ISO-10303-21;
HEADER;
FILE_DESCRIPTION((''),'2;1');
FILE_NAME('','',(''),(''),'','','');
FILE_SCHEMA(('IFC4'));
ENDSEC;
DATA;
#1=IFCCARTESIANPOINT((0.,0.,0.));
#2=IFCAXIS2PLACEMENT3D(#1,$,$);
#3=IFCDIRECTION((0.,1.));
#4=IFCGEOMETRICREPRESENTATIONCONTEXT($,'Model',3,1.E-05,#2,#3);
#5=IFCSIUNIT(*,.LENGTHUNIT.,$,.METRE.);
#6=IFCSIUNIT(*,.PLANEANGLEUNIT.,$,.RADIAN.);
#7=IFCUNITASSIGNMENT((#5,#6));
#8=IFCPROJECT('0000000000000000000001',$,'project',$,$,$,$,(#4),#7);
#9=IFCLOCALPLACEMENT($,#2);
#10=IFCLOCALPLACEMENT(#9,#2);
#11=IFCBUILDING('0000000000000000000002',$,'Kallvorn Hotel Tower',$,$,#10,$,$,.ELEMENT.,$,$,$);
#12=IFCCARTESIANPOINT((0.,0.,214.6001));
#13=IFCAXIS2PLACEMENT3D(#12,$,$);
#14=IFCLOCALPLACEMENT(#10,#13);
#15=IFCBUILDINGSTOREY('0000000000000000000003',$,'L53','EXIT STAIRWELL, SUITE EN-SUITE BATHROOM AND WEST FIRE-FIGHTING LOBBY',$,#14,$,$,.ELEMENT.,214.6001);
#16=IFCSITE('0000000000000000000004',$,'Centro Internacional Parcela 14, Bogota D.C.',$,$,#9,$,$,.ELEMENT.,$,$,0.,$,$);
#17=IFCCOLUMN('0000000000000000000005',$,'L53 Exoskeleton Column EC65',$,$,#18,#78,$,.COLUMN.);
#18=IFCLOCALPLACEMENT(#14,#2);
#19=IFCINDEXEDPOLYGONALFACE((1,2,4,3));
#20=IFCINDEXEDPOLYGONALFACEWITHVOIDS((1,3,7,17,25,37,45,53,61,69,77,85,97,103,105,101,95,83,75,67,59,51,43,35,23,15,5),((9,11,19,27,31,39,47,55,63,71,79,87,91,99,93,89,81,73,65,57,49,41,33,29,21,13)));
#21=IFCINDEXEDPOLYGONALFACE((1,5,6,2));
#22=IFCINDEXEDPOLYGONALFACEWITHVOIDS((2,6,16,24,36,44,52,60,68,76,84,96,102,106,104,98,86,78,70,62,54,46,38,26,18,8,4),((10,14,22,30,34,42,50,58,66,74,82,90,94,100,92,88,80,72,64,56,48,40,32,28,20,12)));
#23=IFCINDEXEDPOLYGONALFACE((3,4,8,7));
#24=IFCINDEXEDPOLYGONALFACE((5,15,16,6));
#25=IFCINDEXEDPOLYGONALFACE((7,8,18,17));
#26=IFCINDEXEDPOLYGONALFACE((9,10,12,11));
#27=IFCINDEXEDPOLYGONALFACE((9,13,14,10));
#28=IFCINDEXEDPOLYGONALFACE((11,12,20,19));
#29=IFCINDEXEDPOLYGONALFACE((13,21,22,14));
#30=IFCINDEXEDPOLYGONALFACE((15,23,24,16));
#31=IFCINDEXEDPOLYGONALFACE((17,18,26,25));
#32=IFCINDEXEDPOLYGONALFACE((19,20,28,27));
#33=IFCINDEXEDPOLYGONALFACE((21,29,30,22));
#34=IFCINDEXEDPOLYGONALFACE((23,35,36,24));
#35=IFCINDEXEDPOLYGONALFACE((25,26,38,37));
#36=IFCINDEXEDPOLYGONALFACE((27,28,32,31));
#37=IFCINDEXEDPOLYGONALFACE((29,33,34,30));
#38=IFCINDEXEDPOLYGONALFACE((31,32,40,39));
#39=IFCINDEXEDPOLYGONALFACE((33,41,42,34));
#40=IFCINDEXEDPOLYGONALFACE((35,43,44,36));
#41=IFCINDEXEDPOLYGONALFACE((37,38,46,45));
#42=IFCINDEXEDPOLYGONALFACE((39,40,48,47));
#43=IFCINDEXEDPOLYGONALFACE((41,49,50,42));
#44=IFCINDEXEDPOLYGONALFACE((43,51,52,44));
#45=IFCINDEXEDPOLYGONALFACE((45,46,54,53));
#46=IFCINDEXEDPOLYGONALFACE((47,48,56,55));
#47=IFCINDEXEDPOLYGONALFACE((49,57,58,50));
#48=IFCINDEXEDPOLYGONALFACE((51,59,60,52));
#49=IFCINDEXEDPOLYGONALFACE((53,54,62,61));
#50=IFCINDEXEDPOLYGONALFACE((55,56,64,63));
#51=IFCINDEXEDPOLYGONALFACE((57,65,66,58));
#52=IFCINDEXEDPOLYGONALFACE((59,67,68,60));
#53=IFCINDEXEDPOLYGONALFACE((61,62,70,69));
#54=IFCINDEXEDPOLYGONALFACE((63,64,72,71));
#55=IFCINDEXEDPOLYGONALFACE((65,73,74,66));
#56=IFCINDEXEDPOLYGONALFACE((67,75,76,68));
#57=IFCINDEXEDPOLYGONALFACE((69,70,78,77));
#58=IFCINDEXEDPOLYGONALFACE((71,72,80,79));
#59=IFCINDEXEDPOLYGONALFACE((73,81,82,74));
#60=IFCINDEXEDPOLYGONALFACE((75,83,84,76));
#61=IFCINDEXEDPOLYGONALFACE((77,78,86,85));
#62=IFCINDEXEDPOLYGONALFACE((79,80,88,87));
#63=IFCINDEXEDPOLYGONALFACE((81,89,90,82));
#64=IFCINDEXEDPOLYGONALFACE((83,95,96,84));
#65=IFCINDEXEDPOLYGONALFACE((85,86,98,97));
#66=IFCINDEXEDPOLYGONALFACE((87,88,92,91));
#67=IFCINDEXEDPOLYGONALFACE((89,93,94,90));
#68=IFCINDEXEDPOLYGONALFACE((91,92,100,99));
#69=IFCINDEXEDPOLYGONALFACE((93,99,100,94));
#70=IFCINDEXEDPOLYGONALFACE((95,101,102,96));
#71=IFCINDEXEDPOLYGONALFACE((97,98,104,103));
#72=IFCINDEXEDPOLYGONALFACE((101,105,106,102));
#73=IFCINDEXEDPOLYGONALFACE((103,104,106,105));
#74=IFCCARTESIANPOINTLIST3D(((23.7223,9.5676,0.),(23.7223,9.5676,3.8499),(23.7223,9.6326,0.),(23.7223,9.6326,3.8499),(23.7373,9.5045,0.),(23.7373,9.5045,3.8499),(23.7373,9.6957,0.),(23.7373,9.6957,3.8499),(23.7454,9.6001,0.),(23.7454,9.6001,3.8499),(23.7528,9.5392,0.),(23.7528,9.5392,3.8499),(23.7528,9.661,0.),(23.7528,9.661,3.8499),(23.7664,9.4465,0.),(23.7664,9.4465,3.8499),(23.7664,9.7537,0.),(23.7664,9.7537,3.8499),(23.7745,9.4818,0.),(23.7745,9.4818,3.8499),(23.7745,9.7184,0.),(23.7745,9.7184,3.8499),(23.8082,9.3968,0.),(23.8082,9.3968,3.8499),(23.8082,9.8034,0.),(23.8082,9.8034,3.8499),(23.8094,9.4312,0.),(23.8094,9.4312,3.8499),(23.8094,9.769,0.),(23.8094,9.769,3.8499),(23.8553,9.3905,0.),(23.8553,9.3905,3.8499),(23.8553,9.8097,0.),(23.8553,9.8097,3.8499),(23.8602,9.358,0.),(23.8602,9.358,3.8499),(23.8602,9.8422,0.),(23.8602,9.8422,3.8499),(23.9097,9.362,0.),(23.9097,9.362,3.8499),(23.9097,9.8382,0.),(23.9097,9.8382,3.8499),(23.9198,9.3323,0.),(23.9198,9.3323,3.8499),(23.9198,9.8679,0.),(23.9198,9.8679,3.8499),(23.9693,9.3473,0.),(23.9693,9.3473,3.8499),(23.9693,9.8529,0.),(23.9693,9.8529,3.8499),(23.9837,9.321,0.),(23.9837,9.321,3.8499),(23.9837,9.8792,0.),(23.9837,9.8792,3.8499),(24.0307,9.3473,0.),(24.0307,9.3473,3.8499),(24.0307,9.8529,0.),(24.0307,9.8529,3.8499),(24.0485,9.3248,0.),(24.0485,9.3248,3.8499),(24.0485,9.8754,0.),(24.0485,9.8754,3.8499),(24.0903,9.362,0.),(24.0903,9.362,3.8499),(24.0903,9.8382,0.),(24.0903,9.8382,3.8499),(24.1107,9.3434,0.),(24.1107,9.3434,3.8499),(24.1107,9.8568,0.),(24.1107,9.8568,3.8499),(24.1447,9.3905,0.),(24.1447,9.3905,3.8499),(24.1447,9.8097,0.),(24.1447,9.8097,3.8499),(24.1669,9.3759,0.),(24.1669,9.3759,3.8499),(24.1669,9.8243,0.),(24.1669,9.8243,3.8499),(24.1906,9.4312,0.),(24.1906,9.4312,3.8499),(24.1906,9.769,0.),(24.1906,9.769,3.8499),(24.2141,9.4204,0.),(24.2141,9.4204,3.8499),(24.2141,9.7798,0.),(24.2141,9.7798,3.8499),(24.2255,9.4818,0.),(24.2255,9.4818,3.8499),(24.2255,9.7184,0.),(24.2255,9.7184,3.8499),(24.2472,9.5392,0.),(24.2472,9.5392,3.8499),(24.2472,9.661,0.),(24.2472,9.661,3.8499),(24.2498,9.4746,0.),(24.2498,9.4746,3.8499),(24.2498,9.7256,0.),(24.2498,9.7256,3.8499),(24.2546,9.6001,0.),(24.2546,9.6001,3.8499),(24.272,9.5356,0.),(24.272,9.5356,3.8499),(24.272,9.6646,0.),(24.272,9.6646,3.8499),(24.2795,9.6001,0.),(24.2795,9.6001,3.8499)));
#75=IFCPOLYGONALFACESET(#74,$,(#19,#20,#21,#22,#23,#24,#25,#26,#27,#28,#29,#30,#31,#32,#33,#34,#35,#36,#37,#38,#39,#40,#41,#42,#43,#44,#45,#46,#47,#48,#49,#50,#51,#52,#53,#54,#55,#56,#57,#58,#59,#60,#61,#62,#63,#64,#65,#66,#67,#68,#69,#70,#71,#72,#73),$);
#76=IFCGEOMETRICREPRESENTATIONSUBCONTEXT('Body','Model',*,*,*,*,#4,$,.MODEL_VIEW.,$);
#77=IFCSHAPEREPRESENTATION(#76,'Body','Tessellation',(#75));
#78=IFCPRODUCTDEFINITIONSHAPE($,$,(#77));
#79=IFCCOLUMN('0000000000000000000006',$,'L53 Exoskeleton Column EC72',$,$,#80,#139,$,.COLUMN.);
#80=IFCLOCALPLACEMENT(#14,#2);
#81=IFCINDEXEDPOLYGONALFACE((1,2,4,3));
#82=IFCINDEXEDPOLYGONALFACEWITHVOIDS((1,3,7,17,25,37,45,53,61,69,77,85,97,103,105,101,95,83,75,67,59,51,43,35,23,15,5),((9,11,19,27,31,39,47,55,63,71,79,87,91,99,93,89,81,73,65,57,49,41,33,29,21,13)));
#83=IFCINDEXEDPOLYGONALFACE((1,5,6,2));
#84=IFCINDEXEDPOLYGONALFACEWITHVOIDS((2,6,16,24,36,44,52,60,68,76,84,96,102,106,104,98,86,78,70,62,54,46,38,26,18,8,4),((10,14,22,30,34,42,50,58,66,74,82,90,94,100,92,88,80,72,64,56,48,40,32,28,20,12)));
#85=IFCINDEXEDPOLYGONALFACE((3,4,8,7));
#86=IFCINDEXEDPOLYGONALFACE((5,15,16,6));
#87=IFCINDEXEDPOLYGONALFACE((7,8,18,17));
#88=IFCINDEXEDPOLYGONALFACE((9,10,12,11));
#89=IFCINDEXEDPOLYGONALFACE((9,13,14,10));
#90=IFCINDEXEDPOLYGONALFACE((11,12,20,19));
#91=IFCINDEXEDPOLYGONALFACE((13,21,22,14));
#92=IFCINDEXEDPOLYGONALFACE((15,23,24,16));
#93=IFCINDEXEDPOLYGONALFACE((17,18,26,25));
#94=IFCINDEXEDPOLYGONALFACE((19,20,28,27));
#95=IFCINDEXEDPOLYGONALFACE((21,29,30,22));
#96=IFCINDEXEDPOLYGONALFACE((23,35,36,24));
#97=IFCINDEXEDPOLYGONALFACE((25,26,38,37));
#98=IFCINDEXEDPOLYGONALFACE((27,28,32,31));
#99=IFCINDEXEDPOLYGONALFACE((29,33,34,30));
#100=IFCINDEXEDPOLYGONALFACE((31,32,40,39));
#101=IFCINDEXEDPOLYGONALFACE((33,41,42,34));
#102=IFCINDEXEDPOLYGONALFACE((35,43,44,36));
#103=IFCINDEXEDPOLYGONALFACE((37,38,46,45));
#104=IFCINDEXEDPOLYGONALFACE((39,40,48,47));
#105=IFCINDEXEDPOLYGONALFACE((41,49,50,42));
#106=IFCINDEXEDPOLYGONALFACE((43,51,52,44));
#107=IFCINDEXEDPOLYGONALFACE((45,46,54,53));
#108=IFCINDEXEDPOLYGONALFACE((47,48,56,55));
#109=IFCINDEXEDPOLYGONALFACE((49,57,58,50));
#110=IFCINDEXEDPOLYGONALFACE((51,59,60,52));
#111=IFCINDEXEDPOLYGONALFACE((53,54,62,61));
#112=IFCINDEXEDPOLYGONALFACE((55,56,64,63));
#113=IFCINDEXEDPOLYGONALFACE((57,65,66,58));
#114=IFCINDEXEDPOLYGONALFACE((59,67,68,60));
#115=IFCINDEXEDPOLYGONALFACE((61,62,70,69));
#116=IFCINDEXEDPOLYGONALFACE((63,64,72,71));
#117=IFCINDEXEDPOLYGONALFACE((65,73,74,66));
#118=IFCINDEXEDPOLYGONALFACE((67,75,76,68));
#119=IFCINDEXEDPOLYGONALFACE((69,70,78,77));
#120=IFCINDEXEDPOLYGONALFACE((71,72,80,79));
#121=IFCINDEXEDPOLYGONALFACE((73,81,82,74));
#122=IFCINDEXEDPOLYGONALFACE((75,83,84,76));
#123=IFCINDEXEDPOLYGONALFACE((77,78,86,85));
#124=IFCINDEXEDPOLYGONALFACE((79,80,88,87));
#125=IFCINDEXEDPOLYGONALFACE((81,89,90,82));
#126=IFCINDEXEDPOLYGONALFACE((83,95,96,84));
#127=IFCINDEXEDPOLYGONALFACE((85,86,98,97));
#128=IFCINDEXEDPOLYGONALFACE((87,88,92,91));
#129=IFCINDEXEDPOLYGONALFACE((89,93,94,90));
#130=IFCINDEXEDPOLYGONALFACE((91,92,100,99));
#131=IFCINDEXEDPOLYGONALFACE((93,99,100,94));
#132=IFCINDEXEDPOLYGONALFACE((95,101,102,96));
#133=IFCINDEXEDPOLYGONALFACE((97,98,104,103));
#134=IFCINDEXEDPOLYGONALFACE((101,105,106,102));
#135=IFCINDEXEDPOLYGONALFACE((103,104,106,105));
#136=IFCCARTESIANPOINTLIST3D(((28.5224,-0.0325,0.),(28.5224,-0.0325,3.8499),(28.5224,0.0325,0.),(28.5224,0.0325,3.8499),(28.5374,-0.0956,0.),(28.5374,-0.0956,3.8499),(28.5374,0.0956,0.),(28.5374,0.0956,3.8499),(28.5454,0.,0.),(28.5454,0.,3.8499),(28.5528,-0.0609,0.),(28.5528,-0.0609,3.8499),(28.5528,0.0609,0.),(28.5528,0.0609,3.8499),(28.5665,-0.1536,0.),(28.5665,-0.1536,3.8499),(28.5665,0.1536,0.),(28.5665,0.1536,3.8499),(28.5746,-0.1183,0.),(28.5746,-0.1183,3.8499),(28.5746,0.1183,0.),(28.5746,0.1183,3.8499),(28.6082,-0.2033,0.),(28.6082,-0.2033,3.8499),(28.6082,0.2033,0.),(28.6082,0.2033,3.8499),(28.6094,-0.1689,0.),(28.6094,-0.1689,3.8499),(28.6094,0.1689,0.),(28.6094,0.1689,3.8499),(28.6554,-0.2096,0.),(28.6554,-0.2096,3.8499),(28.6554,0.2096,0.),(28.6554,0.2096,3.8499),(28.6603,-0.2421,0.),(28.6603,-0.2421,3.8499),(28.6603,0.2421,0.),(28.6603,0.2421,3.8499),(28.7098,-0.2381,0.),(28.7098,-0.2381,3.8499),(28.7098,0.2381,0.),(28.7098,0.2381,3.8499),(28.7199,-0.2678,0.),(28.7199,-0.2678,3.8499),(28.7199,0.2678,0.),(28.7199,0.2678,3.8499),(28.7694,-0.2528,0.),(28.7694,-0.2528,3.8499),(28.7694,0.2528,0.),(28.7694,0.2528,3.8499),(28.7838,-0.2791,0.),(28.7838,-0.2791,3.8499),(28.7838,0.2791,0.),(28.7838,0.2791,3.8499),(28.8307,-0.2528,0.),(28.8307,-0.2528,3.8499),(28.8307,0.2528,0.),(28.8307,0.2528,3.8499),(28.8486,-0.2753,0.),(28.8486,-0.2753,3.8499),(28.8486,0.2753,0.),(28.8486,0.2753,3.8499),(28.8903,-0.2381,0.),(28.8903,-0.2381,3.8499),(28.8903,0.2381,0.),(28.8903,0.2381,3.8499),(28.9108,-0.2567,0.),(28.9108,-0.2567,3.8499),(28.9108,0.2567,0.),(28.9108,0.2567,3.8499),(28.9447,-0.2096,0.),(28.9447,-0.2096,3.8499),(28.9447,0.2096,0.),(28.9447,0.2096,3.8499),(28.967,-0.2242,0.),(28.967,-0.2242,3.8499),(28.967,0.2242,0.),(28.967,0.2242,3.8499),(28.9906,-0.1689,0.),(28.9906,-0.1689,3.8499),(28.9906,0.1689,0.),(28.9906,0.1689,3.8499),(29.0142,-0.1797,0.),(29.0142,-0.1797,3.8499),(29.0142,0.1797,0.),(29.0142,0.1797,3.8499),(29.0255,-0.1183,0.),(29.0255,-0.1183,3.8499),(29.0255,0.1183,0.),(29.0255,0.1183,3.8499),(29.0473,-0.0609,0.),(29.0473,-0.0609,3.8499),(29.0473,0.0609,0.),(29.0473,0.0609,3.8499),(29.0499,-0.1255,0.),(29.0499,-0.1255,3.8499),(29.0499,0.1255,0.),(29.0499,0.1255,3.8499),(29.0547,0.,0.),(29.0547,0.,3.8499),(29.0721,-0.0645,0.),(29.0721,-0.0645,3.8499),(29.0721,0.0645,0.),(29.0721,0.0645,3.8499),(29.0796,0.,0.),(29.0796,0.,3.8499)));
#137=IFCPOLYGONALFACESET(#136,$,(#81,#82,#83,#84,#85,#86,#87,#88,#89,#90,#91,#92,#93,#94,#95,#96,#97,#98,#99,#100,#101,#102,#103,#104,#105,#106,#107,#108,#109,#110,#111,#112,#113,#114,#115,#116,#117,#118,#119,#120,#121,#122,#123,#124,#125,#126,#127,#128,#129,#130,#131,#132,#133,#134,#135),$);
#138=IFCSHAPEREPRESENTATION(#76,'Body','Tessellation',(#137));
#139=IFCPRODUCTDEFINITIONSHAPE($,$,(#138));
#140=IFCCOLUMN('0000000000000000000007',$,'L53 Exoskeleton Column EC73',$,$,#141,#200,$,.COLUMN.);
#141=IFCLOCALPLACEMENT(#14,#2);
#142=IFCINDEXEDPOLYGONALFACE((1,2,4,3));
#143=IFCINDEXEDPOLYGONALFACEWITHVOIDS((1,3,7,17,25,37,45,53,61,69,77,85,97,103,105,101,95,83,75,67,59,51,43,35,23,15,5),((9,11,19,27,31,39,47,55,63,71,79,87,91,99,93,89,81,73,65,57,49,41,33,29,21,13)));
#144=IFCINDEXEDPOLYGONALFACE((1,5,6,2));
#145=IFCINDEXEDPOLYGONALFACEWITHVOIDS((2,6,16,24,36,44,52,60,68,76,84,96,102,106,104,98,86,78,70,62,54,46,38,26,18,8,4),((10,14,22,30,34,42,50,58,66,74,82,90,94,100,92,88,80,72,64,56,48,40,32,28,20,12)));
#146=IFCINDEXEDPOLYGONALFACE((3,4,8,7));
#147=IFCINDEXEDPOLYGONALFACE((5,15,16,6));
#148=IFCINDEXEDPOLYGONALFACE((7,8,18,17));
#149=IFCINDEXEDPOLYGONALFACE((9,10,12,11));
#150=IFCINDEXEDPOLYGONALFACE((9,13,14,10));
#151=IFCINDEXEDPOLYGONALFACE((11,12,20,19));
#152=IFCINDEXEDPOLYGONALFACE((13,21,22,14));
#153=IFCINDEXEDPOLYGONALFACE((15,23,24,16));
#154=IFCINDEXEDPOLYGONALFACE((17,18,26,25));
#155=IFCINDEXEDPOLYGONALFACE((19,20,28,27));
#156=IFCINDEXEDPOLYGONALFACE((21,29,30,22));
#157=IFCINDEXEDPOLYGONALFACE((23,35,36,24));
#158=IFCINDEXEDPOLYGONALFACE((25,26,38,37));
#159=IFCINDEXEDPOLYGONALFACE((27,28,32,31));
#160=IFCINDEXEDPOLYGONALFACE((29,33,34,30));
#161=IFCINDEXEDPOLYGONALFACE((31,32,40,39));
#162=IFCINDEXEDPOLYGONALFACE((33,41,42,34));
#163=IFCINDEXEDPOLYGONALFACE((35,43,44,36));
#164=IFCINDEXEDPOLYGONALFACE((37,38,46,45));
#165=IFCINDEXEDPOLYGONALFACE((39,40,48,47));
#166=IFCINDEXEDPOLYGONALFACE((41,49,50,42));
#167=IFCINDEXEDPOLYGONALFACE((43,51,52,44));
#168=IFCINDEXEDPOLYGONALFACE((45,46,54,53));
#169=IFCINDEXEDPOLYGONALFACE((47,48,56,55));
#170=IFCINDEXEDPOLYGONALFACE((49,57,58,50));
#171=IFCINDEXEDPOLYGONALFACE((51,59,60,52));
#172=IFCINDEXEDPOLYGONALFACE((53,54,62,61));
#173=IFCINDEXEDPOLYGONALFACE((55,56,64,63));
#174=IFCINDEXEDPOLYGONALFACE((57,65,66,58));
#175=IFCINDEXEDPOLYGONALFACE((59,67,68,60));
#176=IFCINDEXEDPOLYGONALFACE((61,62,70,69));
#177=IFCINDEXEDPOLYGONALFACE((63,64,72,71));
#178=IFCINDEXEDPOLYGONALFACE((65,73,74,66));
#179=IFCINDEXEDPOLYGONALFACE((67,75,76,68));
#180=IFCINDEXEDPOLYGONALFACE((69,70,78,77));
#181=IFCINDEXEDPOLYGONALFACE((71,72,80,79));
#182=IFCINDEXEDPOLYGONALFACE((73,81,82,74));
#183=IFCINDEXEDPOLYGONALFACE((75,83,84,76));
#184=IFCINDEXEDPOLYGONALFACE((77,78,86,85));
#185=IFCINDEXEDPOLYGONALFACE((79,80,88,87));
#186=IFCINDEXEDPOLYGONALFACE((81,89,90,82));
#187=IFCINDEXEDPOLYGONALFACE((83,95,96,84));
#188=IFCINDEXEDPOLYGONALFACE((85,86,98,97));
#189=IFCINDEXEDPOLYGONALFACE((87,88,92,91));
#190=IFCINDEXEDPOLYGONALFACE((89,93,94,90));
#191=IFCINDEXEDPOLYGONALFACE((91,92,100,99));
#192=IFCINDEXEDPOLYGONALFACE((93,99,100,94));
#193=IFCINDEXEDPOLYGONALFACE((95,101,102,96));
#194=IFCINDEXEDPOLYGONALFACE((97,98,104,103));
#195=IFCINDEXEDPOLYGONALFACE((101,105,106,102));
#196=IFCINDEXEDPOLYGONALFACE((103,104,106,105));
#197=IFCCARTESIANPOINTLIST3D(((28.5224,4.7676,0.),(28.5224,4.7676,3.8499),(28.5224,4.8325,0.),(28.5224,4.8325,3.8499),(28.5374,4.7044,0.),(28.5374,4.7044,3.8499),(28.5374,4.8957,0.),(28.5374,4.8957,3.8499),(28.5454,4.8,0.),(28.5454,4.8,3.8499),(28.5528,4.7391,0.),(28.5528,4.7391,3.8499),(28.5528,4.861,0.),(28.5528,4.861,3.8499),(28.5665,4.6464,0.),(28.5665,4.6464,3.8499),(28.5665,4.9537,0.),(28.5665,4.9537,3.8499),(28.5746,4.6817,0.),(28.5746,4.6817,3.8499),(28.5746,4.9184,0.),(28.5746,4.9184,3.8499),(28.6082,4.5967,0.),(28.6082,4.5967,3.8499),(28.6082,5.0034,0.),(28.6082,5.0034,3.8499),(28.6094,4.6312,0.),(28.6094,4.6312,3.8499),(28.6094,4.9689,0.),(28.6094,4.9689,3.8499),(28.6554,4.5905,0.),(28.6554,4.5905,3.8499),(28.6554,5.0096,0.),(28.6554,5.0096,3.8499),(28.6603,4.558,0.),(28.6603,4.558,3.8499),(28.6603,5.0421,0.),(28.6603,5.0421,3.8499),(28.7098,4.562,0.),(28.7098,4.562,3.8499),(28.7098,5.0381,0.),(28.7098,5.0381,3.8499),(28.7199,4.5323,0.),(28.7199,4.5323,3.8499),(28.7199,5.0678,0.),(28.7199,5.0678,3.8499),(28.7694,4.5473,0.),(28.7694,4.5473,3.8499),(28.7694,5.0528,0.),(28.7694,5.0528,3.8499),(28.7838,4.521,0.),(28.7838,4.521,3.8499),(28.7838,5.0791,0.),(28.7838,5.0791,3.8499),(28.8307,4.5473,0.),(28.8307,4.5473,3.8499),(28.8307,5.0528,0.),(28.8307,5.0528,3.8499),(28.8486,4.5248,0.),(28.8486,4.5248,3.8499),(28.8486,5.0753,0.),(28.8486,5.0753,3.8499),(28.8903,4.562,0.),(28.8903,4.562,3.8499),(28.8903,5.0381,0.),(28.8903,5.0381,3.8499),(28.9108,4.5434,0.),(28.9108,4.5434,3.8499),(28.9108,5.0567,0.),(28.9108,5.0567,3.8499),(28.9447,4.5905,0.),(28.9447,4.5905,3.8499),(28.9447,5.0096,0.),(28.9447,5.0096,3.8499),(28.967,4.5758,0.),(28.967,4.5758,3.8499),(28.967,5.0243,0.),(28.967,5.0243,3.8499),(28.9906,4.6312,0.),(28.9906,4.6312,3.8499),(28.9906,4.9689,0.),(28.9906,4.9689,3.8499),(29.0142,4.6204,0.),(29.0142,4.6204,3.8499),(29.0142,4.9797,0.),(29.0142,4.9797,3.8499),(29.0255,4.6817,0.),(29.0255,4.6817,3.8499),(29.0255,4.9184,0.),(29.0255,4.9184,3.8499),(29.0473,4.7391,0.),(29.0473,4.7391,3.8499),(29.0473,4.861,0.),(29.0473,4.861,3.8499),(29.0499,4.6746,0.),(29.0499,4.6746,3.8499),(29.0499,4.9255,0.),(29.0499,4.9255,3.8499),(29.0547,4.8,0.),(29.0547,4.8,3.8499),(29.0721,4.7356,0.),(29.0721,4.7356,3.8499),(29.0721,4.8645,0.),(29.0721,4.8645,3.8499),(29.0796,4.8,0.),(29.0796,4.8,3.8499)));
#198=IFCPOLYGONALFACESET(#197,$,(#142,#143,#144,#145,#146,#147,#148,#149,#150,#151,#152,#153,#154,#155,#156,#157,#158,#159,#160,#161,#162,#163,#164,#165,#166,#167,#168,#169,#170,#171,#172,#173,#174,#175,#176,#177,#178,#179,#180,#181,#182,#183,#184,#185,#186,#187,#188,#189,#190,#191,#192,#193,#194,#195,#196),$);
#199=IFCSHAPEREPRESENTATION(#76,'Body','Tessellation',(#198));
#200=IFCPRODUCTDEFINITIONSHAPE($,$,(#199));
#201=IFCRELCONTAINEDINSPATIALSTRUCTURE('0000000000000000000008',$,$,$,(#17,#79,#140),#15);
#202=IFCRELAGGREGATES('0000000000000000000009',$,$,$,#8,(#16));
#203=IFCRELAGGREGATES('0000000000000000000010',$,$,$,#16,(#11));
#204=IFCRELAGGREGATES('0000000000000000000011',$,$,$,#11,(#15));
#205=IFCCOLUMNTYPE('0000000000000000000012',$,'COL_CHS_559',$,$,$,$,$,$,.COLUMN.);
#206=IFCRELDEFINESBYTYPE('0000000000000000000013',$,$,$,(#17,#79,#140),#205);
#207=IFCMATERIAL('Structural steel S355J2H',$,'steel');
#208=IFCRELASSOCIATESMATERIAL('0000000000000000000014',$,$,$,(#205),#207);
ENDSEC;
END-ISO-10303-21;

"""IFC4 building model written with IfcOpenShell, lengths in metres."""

from ifc_helpers import new_model, si_unit, direction, frame, origin, origin_2d, place, context, subcontext, project, spatial, hollow_circle, extrude, material, material_profile, profile_set, type_object, element, save


model = new_model("IFC4")

# Units and contexts
model_context = context("Model", 3, precision=1e-05, world=origin(), true_north=direction((0.0, 1.0)))
body_context = subcontext(model_context, "Body", "Model", "MODEL_VIEW")
ifc_project = project(units=[si_unit("LENGTHUNIT", "METRE"), si_unit("PLANEANGLEUNIT", "RADIAN")], contexts=[model_context])

# Site, building, storey
site_placement = place(None, origin())
site = spatial("IfcSite", under=ifc_project, at=site_placement, Name="Centro Internacional Parcela 14, Bogota D.C.", CompositionType="ELEMENT", RefElevation=0.0)
building_placement = place(site_placement, origin())
building = spatial("IfcBuilding", under=site, at=building_placement, Name="Kallvorn Hotel Tower", CompositionType="ELEMENT")
storey_placement = place(building_placement, frame((0.0, 0.0, 214.6001)))
storey = spatial("IfcBuildingStorey", under=building, at=storey_placement, Name="L53", Description="EXIT STAIRWELL, SUITE EN-SUITE BATHROOM AND WEST FIRE-FIGHTING LOBBY", CompositionType="ELEMENT", Elevation=214.6001)

# Columns
ifc_material_1 = material(Name="Structural steel S355J2H", Category="steel")
ifc_material_profile_1 = material_profile(ifc_material_1, hollow_circle(Radius=0.2795, WallThickness=0.0249, at=origin_2d()), Name="CHS 559x25")
ifc_profile_set_1 = profile_set([ifc_material_profile_1], Name="Structural steel S355J2H")
column_type_1 = type_object("IfcColumnType", Name="COL_CHS_559", PredefinedType="COLUMN", material=ifc_profile_set_1)
for number, where, z_axis, x_axis, name in (
    (1, (24.0, 9.6001, 0.0), (0.0, 0.0, 1.0), (1.0, 0.0, 0.0), "L53 Exoskeleton Column EC65"),
    (2, (28.8, 0.0, 0.0), (0.0, 0.0, 1.0), (1.0, 0.0, 0.0), "L53 Exoskeleton Column EC72"),
    (3, (28.8, 4.8, 0.0), (0.0, 0.0, 1.0), (1.0, 0.0, 0.0), "L53 Exoskeleton Column EC73"),
):
    element("IfcColumn", number, at=place(storey_placement, frame(where, z_axis=z_axis, x_axis=x_axis)), inside=storey, type_object=column_type_1, Name=name, PredefinedType="COLUMN", context=body_context, shape_type="SweptSolid", body=[
        extrude(hollow_circle(Radius=0.2795, WallThickness=0.0249, at=origin_2d()), origin(), (0.0, 0.0, 1.0), 3.8499),
    ])

save(model, "model.ifc")
